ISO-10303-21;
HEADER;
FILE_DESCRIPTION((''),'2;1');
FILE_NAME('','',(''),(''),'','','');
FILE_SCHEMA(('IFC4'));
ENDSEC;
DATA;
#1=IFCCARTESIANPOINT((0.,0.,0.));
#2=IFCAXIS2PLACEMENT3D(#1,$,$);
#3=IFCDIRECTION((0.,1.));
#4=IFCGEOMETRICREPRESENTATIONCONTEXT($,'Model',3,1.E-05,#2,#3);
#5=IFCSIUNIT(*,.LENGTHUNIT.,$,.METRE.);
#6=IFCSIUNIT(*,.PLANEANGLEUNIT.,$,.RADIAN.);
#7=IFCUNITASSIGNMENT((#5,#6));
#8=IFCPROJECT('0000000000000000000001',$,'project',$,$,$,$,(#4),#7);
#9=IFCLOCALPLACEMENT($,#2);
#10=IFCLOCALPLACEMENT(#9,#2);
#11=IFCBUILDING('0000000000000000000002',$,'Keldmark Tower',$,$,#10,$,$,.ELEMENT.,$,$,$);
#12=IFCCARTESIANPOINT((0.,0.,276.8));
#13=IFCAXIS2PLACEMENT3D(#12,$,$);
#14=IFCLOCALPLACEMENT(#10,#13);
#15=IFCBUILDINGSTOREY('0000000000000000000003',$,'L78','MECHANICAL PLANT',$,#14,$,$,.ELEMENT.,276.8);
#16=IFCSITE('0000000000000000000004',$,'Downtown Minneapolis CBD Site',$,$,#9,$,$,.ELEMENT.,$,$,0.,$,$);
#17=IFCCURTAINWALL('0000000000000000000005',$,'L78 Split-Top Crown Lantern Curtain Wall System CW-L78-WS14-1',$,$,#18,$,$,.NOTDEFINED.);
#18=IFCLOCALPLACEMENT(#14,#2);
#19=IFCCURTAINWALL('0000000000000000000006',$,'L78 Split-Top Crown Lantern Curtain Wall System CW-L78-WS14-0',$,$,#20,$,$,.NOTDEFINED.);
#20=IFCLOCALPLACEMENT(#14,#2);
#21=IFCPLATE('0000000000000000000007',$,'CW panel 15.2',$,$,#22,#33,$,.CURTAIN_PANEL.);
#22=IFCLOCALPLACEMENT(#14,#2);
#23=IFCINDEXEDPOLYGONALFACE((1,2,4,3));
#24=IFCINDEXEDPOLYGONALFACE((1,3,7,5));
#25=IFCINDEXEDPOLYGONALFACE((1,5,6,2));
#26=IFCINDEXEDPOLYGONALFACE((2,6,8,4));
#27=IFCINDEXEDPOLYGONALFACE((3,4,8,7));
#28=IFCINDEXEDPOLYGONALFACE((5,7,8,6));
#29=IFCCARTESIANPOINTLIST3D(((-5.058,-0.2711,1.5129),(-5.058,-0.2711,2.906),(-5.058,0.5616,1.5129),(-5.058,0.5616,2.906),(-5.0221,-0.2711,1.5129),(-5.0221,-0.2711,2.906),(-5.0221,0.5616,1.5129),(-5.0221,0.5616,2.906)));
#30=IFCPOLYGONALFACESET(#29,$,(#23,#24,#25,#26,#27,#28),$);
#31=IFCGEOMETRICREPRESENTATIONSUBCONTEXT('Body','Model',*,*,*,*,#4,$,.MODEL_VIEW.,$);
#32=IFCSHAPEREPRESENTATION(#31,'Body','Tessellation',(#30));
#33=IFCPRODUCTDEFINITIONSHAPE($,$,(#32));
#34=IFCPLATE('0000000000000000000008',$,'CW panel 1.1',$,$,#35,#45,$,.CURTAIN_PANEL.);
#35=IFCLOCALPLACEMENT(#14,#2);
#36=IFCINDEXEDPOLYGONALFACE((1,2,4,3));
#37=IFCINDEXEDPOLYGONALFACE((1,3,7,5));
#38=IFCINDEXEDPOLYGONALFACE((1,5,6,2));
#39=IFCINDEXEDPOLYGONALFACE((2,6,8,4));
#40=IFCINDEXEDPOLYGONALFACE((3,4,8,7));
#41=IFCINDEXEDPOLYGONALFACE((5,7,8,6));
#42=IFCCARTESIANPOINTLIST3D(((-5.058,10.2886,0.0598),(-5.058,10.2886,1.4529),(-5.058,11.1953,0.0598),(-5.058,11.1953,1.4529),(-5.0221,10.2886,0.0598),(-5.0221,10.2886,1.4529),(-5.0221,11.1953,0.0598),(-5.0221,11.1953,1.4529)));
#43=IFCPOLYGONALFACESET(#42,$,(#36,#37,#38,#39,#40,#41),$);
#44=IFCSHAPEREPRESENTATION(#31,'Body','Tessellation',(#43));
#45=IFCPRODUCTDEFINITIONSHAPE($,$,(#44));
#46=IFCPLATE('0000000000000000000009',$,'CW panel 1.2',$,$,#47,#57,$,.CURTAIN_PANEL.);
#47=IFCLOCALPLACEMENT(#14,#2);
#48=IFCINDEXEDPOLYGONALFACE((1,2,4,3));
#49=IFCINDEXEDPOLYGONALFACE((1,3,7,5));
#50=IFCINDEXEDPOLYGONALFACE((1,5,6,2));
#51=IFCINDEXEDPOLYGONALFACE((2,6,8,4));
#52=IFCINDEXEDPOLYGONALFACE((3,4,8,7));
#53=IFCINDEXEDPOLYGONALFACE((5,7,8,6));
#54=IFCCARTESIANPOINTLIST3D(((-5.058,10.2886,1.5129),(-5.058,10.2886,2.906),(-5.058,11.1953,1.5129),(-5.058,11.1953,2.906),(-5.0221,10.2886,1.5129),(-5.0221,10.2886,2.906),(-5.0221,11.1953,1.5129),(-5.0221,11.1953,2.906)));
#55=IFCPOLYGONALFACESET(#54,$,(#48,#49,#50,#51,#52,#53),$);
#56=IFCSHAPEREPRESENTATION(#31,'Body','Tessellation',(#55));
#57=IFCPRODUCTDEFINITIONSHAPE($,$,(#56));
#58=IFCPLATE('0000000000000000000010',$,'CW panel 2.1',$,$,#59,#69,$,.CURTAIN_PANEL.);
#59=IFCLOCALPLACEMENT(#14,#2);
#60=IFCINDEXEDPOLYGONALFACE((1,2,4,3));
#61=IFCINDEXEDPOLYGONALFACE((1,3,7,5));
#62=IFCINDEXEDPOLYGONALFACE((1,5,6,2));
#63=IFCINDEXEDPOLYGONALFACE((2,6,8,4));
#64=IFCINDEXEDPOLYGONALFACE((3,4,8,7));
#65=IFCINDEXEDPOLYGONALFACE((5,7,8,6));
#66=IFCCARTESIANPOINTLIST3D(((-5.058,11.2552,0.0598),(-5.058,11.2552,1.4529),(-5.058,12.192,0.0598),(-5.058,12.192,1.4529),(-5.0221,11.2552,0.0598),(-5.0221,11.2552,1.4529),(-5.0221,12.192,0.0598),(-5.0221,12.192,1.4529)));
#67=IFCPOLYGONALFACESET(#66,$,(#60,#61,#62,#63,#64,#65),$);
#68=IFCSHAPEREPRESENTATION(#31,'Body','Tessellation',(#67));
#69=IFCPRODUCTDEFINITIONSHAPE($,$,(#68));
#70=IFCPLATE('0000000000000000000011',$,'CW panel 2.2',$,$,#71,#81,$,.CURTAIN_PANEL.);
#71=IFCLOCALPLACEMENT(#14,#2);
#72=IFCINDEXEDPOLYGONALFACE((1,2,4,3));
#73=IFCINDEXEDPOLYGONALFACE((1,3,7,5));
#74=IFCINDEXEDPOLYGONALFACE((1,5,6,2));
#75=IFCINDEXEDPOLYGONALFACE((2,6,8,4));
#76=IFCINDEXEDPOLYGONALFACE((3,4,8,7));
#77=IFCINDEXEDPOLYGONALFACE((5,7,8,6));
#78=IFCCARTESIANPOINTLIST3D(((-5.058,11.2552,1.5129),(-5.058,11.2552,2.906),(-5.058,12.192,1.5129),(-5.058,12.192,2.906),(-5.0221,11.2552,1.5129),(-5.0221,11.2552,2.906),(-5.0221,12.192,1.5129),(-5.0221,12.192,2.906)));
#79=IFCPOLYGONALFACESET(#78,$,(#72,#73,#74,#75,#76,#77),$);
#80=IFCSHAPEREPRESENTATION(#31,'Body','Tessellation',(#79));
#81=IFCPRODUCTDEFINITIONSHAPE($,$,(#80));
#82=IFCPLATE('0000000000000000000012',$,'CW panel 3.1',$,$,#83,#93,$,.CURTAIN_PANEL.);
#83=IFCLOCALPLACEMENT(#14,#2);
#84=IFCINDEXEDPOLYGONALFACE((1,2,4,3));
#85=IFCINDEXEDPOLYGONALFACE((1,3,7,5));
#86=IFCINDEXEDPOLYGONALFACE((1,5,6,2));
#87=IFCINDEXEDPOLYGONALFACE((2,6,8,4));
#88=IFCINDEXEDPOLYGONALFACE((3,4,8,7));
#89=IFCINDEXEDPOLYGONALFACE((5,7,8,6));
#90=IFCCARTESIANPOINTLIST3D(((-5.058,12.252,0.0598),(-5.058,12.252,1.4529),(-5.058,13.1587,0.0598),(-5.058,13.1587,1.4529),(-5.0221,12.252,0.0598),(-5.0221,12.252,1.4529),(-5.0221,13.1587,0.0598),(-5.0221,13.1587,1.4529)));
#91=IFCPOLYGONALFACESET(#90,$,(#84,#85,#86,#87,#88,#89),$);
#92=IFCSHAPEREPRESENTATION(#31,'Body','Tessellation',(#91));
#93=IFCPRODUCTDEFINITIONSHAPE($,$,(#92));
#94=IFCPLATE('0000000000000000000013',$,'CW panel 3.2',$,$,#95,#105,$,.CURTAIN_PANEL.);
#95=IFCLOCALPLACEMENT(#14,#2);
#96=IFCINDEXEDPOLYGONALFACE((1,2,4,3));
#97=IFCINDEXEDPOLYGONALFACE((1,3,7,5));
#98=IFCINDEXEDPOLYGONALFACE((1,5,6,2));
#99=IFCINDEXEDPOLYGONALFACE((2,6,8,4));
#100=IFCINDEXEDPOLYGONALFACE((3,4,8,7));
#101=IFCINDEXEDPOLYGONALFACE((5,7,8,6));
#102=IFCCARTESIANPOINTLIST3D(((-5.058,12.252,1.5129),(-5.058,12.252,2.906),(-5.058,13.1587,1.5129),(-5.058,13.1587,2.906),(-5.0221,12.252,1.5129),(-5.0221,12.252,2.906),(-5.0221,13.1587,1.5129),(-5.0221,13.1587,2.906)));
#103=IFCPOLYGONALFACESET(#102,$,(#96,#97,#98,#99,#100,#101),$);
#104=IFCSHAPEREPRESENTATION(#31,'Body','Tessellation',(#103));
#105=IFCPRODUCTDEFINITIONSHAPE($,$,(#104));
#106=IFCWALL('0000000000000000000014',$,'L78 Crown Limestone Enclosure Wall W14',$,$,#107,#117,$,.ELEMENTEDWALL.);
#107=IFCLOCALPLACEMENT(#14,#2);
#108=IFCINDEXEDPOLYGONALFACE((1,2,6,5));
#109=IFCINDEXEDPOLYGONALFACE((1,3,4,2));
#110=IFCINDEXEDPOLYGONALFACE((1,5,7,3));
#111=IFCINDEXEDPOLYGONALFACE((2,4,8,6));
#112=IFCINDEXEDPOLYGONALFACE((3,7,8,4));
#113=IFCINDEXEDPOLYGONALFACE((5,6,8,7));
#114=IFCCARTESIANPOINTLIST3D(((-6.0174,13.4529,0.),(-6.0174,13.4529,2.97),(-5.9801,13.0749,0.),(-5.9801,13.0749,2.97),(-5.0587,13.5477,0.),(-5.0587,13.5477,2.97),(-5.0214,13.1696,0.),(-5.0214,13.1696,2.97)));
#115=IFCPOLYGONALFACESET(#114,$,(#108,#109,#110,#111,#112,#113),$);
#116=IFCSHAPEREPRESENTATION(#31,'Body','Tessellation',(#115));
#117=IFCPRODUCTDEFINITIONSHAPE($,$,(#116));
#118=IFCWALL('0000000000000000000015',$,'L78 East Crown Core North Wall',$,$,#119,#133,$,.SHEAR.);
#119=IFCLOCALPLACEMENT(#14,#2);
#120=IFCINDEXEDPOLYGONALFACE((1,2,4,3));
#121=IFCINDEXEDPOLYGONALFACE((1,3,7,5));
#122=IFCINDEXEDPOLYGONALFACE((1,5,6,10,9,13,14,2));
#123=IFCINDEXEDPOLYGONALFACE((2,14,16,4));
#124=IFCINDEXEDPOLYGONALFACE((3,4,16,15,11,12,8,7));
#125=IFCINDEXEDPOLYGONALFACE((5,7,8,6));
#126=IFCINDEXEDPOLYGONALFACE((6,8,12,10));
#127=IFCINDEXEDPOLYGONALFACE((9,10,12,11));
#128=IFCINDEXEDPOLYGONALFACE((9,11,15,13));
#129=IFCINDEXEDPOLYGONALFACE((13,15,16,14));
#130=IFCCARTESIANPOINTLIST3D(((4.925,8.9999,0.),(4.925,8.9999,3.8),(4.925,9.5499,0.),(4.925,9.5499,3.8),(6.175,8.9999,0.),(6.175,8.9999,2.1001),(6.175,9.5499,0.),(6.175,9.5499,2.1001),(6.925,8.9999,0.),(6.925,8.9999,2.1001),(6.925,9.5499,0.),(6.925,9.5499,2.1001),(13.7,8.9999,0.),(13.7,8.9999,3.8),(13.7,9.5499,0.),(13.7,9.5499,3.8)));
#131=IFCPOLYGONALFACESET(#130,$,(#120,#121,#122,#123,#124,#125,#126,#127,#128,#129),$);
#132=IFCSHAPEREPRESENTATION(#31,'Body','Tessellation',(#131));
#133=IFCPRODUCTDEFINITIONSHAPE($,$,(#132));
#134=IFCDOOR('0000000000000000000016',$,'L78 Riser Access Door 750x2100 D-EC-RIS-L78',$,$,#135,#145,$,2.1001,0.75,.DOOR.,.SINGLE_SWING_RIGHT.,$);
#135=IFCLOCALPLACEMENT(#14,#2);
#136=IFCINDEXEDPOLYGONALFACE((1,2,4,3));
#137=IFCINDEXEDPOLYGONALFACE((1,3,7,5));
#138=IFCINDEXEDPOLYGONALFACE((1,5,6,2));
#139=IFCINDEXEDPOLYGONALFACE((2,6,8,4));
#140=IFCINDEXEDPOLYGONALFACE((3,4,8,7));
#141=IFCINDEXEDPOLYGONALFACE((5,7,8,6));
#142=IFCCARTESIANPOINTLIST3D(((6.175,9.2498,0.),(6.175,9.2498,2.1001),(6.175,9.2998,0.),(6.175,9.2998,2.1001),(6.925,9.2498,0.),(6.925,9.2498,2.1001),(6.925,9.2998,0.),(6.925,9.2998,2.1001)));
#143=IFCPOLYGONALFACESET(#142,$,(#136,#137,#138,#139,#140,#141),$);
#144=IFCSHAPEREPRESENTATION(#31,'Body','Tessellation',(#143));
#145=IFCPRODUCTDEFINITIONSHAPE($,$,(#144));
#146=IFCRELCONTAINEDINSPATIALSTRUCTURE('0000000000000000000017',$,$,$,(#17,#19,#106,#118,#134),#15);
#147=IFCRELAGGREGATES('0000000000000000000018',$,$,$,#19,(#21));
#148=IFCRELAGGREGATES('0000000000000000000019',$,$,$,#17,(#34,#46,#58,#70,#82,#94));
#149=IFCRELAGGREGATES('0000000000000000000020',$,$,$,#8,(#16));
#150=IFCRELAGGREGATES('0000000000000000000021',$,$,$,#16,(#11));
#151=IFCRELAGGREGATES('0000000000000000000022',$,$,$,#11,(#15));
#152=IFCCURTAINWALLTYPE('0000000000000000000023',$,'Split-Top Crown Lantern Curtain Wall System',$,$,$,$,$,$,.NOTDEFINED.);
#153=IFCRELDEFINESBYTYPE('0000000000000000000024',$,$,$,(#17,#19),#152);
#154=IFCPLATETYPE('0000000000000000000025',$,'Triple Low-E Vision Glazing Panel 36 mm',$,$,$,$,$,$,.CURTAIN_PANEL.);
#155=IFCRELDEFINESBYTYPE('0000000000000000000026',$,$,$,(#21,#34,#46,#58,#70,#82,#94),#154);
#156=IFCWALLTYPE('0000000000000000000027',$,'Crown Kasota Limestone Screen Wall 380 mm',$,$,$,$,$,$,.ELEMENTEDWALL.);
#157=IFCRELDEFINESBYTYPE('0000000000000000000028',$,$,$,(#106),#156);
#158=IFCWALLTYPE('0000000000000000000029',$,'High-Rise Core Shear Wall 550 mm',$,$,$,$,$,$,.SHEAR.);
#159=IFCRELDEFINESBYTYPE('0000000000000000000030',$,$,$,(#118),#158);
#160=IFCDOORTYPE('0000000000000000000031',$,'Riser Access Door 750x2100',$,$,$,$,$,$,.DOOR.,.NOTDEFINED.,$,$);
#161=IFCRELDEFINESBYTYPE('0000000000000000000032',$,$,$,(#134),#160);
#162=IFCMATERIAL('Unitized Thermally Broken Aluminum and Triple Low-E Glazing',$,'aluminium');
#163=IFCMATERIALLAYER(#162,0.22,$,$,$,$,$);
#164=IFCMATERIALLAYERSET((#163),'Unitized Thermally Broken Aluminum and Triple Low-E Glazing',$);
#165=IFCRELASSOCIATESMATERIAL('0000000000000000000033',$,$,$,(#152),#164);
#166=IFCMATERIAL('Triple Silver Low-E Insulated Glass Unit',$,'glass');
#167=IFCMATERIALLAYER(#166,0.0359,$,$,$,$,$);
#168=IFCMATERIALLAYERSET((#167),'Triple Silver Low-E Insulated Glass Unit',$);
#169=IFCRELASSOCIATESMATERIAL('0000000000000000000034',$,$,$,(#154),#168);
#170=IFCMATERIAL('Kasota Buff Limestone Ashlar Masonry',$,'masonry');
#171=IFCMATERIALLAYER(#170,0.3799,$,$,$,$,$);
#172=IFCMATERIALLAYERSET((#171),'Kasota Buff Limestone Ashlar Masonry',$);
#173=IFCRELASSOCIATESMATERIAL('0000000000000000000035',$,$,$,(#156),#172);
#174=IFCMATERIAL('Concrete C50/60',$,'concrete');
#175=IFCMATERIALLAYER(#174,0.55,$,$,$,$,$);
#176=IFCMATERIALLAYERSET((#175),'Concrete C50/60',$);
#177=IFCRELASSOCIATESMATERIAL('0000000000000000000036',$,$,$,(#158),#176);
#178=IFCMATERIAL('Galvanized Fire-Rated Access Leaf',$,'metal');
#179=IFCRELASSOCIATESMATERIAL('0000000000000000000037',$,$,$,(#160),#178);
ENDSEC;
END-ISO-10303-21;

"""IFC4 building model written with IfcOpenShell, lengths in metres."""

from ifc_helpers import new_model, si_unit, direction, frame, frame_2d, origin, origin_2d, place, context, subcontext, project, spatial, rectangle, extrude, material, layer, layer_set, type_object, element, fill, aggregate, save


model = new_model("IFC4")

# Units and contexts
model_context = context("Model", 3, precision=1e-05, world=origin(), true_north=direction((0.0, 1.0)))
body_context = subcontext(model_context, "Body", "Model", "MODEL_VIEW")
ifc_project = project(units=[si_unit("LENGTHUNIT", "METRE"), si_unit("PLANEANGLEUNIT", "RADIAN")], contexts=[model_context])

# Site, building, storey
site_placement = place(None, origin())
site = spatial("IfcSite", under=ifc_project, at=site_placement, Name="Downtown Minneapolis CBD Site", CompositionType="ELEMENT", RefElevation=0.0)
building_placement = place(site_placement, origin())
building = spatial("IfcBuilding", under=site, at=building_placement, Name="Keldmark Tower", CompositionType="ELEMENT")
storey_placement = place(building_placement, frame((0.0, 0.0, 276.8)))
storey = spatial("IfcBuildingStorey", under=building, at=storey_placement, Name="L78", Description="MECHANICAL PLANT", CompositionType="ELEMENT", Elevation=276.8)

# Curtain wall
ifc_material_1 = material(Name="Unitized Thermally Broken Aluminum and Triple Low-E Glazing", Category="aluminium")
ifc_layer_1 = layer(ifc_material_1, 0.22)
ifc_layer_set_1 = layer_set([ifc_layer_1], Name="Unitized Thermally Broken Aluminum and Triple Low-E Glazing")
curtain_wall_type = type_object("IfcCurtainWallType", Name="Split-Top Crown Lantern Curtain Wall System", PredefinedType="NOTDEFINED", material=ifc_layer_set_1)
curtain_wall_1_placement = place(storey_placement, origin())
curtain_wall_1 = element("IfcCurtainWall", 1, at=curtain_wall_1_placement, inside=storey, type_object=curtain_wall_type, Name="L78 Split-Top Crown Lantern Curtain Wall System CW-L78-WS14-1", PredefinedType="NOTDEFINED")

# Curtain wall
curtain_wall_2_placement = place(storey_placement, origin())
curtain_wall_2 = element("IfcCurtainWall", 2, at=curtain_wall_2_placement, inside=storey, type_object=curtain_wall_type, Name="L78 Split-Top Crown Lantern Curtain Wall System CW-L78-WS14-0", PredefinedType="NOTDEFINED")

# Plates
ifc_material_2 = material(Name="Triple Silver Low-E Insulated Glass Unit", Category="glass")
ifc_layer_2 = layer(ifc_material_2, 0.0359)
ifc_layer_set_2 = layer_set([ifc_layer_2], Name="Triple Silver Low-E Insulated Glass Unit")
plate_type_1 = type_object("IfcPlateType", Name="Triple Low-E Vision Glazing Panel 36 mm", PredefinedType="CURTAIN_PANEL", material=ifc_layer_set_2)
plate_1_placement = place(storey_placement, frame((-5.04, 0.1453, 1.5129), z_axis=(0.0, 0.0, 1.0), x_axis=(0.0, 1.0, 0.0)))
plate_1 = element("IfcPlate", 3, at=plate_1_placement, type_object=plate_type_1, Name="CW panel 15.2", PredefinedType="CURTAIN_PANEL", context=body_context, shape_type="SweptSolid", body=[
    extrude(rectangle(XDim=0.8328, YDim=0.0359, at=origin_2d()), origin(), (0.0, 0.0, 1.0), 1.3931),
])
aggregate(curtain_wall_2, [plate_1])
plate_2_placement = place(storey_placement, frame((-5.04, 10.7419, 0.0598), z_axis=(0.0, 0.0, 1.0), x_axis=(0.0, 1.0, 0.0)))
plate_2 = element("IfcPlate", 4, at=plate_2_placement, type_object=plate_type_1, Name="CW panel 1.1", PredefinedType="CURTAIN_PANEL", context=body_context, shape_type="SweptSolid", body=[
    extrude(rectangle(XDim=0.9067, YDim=0.0359, at=origin_2d()), origin(), (0.0, 0.0, 1.0), 1.3931),
])
plate_3_placement = place(storey_placement, frame((-5.04, 10.7419, 1.5129), z_axis=(0.0, 0.0, 1.0), x_axis=(0.0, 1.0, 0.0)))
plate_3 = element("IfcPlate", 5, at=plate_3_placement, type_object=plate_type_1, Name="CW panel 1.2", PredefinedType="CURTAIN_PANEL", context=body_context, shape_type="SweptSolid", body=[
    extrude(rectangle(XDim=0.9067, YDim=0.0359, at=origin_2d()), origin(), (0.0, 0.0, 1.0), 1.3931),
])
plate_4_placement = place(storey_placement, frame((-5.04, 11.7236, 0.0598), z_axis=(0.0, 0.0, 1.0), x_axis=(0.0, 1.0, 0.0)))
plate_4 = element("IfcPlate", 6, at=plate_4_placement, type_object=plate_type_1, Name="CW panel 2.1", PredefinedType="CURTAIN_PANEL", context=body_context, shape_type="SweptSolid", body=[
    extrude(rectangle(XDim=0.9368, YDim=0.0359, at=origin_2d()), origin(), (0.0, 0.0, 1.0), 1.3931),
])
plate_5_placement = place(storey_placement, frame((-5.04, 11.7236, 1.5129), z_axis=(0.0, 0.0, 1.0), x_axis=(0.0, 1.0, 0.0)))
plate_5 = element("IfcPlate", 7, at=plate_5_placement, type_object=plate_type_1, Name="CW panel 2.2", PredefinedType="CURTAIN_PANEL", context=body_context, shape_type="SweptSolid", body=[
    extrude(rectangle(XDim=0.9368, YDim=0.0359, at=origin_2d()), origin(), (0.0, 0.0, 1.0), 1.3931),
])
plate_6_placement = place(storey_placement, frame((-5.04, 12.7053, 0.0598), z_axis=(0.0, 0.0, 1.0), x_axis=(0.0, 1.0, 0.0)))
plate_6 = element("IfcPlate", 8, at=plate_6_placement, type_object=plate_type_1, Name="CW panel 3.1", PredefinedType="CURTAIN_PANEL", context=body_context, shape_type="SweptSolid", body=[
    extrude(rectangle(XDim=0.9067, YDim=0.0359, at=origin_2d()), origin(), (0.0, 0.0, 1.0), 1.3931),
])
plate_7_placement = place(storey_placement, frame((-5.04, 12.7053, 1.5129), z_axis=(0.0, 0.0, 1.0), x_axis=(0.0, 1.0, 0.0)))
plate_7 = element("IfcPlate", 9, at=plate_7_placement, type_object=plate_type_1, Name="CW panel 3.2", PredefinedType="CURTAIN_PANEL", context=body_context, shape_type="SweptSolid", body=[
    extrude(rectangle(XDim=0.9067, YDim=0.0359, at=origin_2d()), origin(), (0.0, 0.0, 1.0), 1.3931),
])
aggregate(curtain_wall_1, [plate_2, plate_3, plate_4, plate_5, plate_6, plate_7])

# Wall
ifc_material_3 = material(Name="Kasota Buff Limestone Ashlar Masonry", Category="masonry")
ifc_layer_3 = layer(ifc_material_3, 0.3799)
ifc_layer_set_3 = layer_set([ifc_layer_3], Name="Kasota Buff Limestone Ashlar Masonry")
wall_type_1 = type_object("IfcWallType", Name="Crown Kasota Limestone Screen Wall 380 mm", PredefinedType="ELEMENTEDWALL", material=ifc_layer_set_3)
wall_1_placement = place(storey_placement, frame((-5.04, 13.3586, 0.0), z_axis=(0.0, 0.0, 1.0), x_axis=(-0.995154, -0.098324, 0.0)))
element("IfcWall", 10, at=wall_1_placement, inside=storey, type_object=wall_type_1, Name="L78 Crown Limestone Enclosure Wall W14", PredefinedType="ELEMENTEDWALL", context=body_context, shape_type="SweptSolid", body=[
    extrude(rectangle(XDim=0.9634, YDim=0.3799, at=frame_2d((0.4817, 0.0))), origin(), (0.0, 0.0, 1.0), 2.97),
])

# Wall, opening, door
ifc_material_4 = material(Name="Concrete C50/60", Category="concrete")
ifc_layer_4 = layer(ifc_material_4, 0.55)
ifc_layer_set_4 = layer_set([ifc_layer_4], Name="Concrete C50/60")
wall_type_2 = type_object("IfcWallType", Name="High-Rise Core Shear Wall 550 mm", PredefinedType="SHEAR", material=ifc_layer_set_4)
wall_2_placement = place(storey_placement, frame((4.925, 9.2749, 0.0), z_axis=(0.0, 0.0, 1.0), x_axis=(1.0, 0.0, 0.0)))
wall_2 = element("IfcWall", 11, at=wall_2_placement, inside=storey, type_object=wall_type_2, Name="L78 East Crown Core North Wall", PredefinedType="SHEAR", context=body_context, shape_type="SweptSolid", body=[
    extrude(rectangle(XDim=8.7749, YDim=0.55, at=frame_2d((4.3875, 0.0))), origin(), (0.0, 0.0, 1.0), 3.8),
])
opening_1_placement = place(wall_2_placement, frame((1.25, 0.0, 0.0)))
opening_1 = element("IfcOpeningElement", 12, at=opening_1_placement, cuts=wall_2, PredefinedType="OPENING", context=body_context, shape_type="SweptSolid", body=[
    extrude(rectangle(XDim=0.75, YDim=2.1001, at=frame_2d((0.375, 1.05))), frame((0.0, 0.2849, 0.0), z_axis=(0.0, -1.0, 0.0), x_axis=(1.0, 0.0, 0.0)), (0.0, 0.0, 1.0), 0.5701),
])
ifc_material_5 = material(Name="Galvanized Fire-Rated Access Leaf", Category="metal")
door_type_1 = type_object("IfcDoorType", Name="Riser Access Door 750x2100", OperationType="NOTDEFINED", PredefinedType="DOOR", material=ifc_material_5)
door_1_placement = place(opening_1_placement, origin())
door_1 = element("IfcDoor", 13, at=door_1_placement, inside=storey, type_object=door_type_1, Name="L78 Riser Access Door 750x2100 D-EC-RIS-L78", OperationType="SINGLE_SWING_RIGHT", OverallHeight=2.1001, OverallWidth=0.75, PredefinedType="DOOR", context=body_context, shape_type="SweptSolid", body=[
    extrude(rectangle(XDim=0.75, YDim=2.1001, at=frame_2d((0.375, 1.05))), frame((0.0, 0.0249, 0.0), z_axis=(0.0, -1.0, 0.0), x_axis=(1.0, 0.0, 0.0)), (0.0, 0.0, 1.0), 0.05),
])
fill(opening_1, door_1)

save(model, "model.ifc")
